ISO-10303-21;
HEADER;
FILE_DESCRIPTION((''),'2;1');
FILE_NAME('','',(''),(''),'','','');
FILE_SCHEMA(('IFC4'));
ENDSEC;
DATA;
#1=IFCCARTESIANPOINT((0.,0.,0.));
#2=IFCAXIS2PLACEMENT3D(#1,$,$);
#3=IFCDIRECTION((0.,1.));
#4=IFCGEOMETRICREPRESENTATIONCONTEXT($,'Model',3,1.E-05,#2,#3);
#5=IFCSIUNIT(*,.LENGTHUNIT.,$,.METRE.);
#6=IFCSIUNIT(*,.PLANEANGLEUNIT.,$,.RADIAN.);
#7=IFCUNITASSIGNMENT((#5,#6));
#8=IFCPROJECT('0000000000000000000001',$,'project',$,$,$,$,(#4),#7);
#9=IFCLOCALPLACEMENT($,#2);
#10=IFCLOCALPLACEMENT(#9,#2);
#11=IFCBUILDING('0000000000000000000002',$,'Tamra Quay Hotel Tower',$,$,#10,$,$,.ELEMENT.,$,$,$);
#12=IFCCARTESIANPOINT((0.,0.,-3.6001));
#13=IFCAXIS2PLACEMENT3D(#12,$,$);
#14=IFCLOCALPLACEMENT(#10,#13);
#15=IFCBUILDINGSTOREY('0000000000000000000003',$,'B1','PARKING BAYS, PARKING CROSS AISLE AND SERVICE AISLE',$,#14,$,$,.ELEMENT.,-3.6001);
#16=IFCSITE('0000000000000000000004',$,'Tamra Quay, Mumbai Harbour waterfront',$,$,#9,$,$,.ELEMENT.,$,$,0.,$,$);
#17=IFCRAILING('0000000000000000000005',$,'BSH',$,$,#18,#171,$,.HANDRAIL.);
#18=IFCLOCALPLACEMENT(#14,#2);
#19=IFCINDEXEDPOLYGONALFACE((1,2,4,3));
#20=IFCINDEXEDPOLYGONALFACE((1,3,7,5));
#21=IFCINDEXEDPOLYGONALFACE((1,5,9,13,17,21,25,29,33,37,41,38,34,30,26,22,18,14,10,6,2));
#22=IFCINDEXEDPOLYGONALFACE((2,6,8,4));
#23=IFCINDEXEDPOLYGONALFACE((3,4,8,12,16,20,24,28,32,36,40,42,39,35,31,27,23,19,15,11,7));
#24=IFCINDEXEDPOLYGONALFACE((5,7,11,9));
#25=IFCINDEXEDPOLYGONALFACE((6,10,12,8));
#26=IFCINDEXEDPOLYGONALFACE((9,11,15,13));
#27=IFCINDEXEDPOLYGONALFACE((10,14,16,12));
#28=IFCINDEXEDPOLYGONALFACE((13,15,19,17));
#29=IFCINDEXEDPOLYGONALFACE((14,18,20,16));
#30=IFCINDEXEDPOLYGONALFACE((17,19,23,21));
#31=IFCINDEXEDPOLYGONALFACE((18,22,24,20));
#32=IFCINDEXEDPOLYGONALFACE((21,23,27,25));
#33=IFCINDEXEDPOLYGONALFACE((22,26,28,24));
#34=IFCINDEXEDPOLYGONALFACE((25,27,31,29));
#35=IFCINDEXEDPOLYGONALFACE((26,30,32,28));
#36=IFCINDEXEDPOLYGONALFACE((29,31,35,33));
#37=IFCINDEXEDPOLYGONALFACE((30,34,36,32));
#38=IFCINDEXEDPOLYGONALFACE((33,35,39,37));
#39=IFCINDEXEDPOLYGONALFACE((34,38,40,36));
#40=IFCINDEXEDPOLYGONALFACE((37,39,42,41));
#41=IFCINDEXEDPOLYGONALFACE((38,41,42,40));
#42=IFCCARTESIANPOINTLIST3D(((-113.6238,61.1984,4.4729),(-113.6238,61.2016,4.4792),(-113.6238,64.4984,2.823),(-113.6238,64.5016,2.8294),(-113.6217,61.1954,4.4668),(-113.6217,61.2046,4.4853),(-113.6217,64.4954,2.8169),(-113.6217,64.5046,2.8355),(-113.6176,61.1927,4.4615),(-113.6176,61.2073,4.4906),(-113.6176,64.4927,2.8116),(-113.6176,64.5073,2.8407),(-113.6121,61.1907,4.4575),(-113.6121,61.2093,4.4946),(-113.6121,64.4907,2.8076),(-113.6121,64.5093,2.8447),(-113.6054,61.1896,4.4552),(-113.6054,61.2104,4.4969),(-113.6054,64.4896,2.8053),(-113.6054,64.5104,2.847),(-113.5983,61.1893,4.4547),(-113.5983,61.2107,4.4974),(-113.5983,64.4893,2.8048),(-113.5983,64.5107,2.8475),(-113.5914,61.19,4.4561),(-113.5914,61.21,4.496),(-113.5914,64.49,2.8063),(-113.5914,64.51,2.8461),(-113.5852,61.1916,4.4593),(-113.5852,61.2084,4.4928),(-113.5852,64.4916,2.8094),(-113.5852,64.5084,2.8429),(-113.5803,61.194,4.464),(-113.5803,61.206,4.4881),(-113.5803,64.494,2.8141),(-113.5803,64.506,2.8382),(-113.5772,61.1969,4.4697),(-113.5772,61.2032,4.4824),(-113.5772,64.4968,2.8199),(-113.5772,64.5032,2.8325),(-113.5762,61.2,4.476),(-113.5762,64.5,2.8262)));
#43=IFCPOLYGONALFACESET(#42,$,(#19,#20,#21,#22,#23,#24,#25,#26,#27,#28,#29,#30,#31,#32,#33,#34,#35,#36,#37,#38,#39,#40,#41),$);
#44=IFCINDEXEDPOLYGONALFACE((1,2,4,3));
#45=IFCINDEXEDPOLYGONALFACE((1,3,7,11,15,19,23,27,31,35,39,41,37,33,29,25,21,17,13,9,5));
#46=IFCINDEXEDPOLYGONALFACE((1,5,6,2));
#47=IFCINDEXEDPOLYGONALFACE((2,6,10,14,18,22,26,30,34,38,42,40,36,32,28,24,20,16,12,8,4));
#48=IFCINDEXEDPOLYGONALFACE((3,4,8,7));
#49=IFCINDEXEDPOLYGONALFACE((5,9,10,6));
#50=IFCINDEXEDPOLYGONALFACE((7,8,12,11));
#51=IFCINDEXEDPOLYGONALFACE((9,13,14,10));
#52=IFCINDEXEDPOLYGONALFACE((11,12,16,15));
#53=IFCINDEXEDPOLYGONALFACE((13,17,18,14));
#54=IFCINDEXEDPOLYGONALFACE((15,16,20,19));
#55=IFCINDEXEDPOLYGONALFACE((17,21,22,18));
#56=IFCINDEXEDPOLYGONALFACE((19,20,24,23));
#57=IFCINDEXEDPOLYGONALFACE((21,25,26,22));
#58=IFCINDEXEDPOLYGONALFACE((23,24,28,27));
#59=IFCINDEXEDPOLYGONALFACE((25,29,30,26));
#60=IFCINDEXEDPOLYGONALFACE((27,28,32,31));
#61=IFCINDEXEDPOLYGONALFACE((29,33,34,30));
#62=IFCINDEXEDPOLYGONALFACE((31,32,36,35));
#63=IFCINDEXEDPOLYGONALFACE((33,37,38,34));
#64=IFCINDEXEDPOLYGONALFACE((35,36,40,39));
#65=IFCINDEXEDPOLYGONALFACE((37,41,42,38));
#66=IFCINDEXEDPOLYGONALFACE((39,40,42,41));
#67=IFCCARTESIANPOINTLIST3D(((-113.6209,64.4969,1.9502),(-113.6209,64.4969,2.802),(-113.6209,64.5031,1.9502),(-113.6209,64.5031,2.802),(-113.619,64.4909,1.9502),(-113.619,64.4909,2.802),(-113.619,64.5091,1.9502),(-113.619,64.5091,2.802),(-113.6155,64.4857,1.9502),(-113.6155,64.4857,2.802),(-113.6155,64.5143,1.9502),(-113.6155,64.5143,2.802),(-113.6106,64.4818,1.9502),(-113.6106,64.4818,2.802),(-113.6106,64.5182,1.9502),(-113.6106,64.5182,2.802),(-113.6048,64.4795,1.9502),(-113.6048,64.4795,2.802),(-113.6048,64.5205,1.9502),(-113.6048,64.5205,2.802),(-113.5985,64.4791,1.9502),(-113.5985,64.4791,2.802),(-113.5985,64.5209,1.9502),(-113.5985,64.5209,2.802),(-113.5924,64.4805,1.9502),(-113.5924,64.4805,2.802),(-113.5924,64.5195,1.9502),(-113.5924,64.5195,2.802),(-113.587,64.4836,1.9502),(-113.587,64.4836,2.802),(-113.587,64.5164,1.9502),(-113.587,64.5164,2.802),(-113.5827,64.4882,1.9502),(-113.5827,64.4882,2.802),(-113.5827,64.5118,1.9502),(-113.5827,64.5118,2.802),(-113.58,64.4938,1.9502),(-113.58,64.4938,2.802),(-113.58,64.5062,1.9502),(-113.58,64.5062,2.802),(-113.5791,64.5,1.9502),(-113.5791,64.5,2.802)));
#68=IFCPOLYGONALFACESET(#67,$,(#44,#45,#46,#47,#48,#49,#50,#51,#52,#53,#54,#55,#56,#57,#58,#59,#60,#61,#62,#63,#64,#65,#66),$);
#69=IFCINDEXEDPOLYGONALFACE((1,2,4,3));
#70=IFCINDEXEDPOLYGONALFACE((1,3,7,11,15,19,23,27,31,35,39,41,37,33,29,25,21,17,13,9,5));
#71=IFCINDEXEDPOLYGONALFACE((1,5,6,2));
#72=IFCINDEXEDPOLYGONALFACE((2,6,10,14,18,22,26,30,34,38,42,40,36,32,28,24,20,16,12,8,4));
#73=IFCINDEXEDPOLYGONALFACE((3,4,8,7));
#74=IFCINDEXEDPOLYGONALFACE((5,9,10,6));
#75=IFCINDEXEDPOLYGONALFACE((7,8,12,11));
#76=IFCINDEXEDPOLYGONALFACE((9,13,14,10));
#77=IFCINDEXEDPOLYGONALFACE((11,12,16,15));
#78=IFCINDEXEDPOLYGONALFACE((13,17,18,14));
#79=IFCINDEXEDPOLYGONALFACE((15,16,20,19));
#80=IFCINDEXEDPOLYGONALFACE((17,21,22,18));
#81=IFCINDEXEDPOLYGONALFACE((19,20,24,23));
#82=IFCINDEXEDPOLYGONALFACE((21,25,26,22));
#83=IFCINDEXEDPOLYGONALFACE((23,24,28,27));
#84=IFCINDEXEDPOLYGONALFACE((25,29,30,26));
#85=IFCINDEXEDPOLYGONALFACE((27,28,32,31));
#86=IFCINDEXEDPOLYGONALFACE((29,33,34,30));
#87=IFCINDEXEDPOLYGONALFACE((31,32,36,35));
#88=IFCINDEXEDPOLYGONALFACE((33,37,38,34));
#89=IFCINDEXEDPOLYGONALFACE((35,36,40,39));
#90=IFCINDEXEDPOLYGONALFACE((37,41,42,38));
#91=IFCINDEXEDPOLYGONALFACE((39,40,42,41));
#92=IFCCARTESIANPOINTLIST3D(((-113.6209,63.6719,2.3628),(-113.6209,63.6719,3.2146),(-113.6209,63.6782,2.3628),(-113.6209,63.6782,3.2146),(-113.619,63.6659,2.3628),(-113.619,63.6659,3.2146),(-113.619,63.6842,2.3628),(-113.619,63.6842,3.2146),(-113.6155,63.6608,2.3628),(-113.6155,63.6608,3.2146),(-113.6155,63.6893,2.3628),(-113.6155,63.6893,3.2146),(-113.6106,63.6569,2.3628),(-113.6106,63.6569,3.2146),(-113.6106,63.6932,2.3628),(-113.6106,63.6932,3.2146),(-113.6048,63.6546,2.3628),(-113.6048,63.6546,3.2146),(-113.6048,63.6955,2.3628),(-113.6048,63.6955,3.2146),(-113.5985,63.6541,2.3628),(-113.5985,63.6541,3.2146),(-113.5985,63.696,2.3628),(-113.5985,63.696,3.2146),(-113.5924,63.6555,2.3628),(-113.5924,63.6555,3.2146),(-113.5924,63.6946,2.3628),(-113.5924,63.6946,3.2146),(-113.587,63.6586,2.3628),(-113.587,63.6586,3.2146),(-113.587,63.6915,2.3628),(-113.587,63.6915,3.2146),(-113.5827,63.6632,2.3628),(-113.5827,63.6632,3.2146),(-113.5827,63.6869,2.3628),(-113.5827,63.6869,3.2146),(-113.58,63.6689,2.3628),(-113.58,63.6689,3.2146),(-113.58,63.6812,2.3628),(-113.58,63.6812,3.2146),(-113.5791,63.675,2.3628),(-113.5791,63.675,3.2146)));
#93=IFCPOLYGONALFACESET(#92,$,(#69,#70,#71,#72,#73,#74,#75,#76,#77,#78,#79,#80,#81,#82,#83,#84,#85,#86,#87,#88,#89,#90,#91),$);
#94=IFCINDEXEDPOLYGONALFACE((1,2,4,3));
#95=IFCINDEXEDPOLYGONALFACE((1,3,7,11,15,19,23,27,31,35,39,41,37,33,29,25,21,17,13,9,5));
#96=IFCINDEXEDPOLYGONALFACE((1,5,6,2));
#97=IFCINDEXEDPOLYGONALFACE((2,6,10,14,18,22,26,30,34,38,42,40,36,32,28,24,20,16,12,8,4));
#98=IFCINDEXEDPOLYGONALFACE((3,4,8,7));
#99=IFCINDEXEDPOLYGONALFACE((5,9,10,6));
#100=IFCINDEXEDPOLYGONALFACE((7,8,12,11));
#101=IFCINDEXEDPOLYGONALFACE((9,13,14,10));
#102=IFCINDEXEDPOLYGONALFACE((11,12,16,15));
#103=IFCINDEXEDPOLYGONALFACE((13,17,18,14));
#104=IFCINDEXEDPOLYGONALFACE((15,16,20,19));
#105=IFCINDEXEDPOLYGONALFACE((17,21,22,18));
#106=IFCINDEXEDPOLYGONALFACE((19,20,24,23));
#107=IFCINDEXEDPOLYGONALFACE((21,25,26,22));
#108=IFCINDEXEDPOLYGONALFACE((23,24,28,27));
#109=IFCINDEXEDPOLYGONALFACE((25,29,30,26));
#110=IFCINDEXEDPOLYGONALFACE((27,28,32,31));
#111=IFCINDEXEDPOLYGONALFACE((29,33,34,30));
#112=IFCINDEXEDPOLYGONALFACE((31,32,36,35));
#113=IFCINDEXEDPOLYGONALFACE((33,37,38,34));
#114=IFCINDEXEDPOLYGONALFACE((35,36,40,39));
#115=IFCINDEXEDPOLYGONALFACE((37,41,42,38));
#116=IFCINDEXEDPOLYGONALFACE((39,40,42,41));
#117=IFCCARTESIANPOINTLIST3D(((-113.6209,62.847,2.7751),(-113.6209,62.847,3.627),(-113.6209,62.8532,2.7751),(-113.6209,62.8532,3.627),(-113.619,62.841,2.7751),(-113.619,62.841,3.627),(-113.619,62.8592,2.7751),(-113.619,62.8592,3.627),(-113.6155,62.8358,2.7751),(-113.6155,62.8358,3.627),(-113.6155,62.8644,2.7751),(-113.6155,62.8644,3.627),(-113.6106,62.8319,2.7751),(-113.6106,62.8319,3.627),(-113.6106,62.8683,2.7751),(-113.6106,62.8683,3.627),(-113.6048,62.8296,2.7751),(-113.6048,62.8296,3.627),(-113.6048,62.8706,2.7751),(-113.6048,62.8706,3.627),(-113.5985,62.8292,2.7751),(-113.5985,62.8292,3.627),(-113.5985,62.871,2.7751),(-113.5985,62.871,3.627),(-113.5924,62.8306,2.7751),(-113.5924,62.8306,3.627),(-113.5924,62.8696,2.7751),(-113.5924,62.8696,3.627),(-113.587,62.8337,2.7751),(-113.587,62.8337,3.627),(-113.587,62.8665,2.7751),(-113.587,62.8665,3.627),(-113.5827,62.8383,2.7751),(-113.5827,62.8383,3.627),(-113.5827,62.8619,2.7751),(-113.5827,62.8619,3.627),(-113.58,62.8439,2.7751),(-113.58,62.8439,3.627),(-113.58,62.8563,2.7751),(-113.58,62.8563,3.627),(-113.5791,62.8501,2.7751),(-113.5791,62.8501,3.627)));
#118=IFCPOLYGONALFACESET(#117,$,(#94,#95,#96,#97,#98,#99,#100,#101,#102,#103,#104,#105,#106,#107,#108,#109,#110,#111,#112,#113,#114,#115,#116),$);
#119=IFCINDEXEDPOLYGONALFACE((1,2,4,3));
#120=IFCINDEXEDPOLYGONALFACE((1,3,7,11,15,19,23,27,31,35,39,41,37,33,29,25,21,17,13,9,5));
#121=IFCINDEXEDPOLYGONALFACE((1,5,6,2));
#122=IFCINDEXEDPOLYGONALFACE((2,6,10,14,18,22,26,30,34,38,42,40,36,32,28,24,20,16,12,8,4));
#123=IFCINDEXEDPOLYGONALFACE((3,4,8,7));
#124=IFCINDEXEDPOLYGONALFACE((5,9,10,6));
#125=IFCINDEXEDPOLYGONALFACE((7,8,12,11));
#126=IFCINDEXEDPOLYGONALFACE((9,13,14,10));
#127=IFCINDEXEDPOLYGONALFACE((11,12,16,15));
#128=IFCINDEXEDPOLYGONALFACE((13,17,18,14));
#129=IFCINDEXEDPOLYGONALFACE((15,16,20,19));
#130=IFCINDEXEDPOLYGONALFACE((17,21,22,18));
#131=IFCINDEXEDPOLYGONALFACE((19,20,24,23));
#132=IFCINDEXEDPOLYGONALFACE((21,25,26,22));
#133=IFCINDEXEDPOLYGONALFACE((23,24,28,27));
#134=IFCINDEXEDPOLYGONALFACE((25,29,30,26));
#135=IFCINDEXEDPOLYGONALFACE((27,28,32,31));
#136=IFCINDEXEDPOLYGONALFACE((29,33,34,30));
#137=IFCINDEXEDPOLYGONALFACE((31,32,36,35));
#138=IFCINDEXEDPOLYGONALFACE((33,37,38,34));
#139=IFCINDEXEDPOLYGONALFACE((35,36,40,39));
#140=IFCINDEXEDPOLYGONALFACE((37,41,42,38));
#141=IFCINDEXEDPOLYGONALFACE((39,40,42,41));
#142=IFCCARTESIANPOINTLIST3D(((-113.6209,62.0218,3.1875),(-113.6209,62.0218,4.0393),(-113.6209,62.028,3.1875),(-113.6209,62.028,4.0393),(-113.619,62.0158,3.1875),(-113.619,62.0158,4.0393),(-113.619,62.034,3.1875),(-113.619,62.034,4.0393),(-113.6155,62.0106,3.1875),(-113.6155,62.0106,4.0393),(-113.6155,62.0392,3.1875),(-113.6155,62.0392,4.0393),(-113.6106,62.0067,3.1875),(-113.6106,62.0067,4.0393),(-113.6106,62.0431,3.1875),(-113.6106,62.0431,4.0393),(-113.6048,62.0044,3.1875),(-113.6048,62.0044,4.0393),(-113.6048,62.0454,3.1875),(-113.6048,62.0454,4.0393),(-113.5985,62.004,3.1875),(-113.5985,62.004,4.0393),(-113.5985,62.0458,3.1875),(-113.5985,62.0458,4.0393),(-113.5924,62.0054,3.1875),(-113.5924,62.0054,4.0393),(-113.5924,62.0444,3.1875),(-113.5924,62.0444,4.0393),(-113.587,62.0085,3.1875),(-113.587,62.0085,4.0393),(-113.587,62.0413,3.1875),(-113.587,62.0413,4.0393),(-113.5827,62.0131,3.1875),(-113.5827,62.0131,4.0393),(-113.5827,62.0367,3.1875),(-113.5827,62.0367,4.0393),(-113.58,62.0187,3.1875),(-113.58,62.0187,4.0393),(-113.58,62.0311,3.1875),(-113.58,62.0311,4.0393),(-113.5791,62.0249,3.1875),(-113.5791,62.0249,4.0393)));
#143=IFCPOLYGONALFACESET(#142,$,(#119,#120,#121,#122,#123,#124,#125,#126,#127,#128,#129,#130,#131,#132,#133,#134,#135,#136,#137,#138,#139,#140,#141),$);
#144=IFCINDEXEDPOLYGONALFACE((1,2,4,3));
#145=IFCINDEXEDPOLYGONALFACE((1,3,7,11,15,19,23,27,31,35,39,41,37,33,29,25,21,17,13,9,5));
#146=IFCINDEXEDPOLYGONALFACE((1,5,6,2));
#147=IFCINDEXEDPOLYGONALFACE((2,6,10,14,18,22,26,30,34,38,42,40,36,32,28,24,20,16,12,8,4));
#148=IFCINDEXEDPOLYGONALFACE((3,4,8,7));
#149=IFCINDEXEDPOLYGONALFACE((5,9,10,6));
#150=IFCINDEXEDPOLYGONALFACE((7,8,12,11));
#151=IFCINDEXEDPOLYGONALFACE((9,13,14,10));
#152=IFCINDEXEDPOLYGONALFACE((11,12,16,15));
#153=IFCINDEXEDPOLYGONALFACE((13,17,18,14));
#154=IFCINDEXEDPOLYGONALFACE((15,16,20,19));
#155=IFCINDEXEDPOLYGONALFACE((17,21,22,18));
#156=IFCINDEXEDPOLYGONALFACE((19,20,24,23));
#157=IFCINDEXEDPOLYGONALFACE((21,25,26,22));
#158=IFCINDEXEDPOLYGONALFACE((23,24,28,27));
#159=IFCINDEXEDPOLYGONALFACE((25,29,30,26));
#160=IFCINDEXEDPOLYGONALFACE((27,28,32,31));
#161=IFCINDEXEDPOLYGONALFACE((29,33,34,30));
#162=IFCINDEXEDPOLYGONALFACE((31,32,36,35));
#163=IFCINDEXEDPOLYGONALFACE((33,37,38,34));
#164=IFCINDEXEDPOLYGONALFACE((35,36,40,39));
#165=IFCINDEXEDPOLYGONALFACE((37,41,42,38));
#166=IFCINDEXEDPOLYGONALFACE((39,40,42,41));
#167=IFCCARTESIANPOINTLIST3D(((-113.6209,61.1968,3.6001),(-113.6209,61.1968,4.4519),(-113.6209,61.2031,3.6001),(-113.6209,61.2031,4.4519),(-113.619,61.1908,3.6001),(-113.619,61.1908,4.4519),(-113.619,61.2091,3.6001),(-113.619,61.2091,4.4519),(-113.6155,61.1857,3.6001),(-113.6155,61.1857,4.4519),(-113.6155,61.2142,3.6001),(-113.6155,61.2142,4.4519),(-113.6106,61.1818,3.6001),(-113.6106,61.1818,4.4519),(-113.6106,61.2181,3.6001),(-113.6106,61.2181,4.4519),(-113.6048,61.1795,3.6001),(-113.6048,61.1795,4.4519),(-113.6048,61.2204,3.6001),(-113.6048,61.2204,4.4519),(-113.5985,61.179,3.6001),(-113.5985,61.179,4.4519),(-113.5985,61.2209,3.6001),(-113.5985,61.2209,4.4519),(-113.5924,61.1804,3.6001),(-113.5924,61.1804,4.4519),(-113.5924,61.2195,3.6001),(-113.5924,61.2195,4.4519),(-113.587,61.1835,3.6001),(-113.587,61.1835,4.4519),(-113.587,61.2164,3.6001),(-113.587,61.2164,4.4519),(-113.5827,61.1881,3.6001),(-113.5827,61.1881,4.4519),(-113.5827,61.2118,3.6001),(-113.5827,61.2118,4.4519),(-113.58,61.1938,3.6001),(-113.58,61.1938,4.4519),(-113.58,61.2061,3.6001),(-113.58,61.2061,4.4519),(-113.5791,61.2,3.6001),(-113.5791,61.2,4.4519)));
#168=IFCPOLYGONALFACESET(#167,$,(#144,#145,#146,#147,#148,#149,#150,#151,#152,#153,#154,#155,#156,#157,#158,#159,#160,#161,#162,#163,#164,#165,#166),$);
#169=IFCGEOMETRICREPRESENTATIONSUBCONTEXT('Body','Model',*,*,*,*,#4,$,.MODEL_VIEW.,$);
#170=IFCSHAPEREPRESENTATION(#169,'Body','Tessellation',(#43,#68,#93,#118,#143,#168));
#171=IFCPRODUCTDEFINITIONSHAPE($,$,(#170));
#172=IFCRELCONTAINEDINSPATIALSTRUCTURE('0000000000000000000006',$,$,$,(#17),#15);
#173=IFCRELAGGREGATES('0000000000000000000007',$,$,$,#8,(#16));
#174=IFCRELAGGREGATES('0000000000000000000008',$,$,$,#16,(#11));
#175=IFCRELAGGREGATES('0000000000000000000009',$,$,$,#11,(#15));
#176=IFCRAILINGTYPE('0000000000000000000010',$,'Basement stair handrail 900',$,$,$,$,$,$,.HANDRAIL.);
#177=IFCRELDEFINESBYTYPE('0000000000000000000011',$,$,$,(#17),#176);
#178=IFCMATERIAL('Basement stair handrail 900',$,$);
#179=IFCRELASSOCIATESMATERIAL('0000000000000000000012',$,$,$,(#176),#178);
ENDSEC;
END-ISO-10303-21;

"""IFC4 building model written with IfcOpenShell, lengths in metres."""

from ifc_helpers import new_model, si_unit, direction, frame, origin, origin_2d, place, context, subcontext, project, spatial, circle, extrude, material, type_object, element, save


model = new_model("IFC4")

# Units and contexts
model_context = context("Model", 3, precision=1e-05, world=origin(), true_north=direction((0.0, 1.0)))
body_context = subcontext(model_context, "Body", "Model", "MODEL_VIEW")
ifc_project = project(units=[si_unit("LENGTHUNIT", "METRE"), si_unit("PLANEANGLEUNIT", "RADIAN")], contexts=[model_context])

# Site, building, storey
site_placement = place(None, origin())
site = spatial("IfcSite", under=ifc_project, at=site_placement, Name="Tamra Quay, Mumbai Harbour waterfront", CompositionType="ELEMENT", RefElevation=0.0)
building_placement = place(site_placement, origin())
building = spatial("IfcBuilding", under=site, at=building_placement, Name="Tamra Quay Hotel Tower", CompositionType="ELEMENT")
storey_placement = place(building_placement, frame((0.0, 0.0, -3.6001)))
storey = spatial("IfcBuildingStorey", under=building, at=storey_placement, Name="B1", Description="PARKING BAYS, PARKING CROSS AISLE AND SERVICE AISLE", CompositionType="ELEMENT", Elevation=-3.6001)

# Railing
ifc_material_1 = material(Name="Basement stair handrail 900")
railing_type_1 = type_object("IfcRailingType", Name="Basement stair handrail 900", PredefinedType="HANDRAIL", material=ifc_material_1)
railing_1_placement = place(storey_placement, frame((-113.6001, 64.5, 1.9502)))
element("IfcRailing", 1, at=railing_1_placement, inside=storey, type_object=railing_type_1, Name="BSH", PredefinedType="HANDRAIL", context=body_context, shape_type="SweptSolid", body=[
    extrude(circle(Radius=0.0239, at=origin_2d()), frame((0.0, 0.0, 0.876), z_axis=(0.0, -0.89444, 0.447187), x_axis=(1.0, 0.0, 0.0)), (0.0, 0.0, 1.0), 3.6895),
    extrude(circle(Radius=0.021, at=origin_2d()), origin(), (0.0, 0.0, 1.0), 0.8518),
    extrude(circle(Radius=0.021, at=origin_2d()), frame((0.0, -0.825, 0.4126)), (0.0, 0.0, 1.0), 0.8518),
    extrude(circle(Radius=0.021, at=origin_2d()), frame((0.0, -1.6499, 0.825)), (0.0, 0.0, 1.0), 0.8518),
    extrude(circle(Radius=0.021, at=origin_2d()), frame((0.0, -2.4751, 1.2373)), (0.0, 0.0, 1.0), 0.8518),
    extrude(circle(Radius=0.021, at=origin_2d()), frame((0.0, -3.3, 1.6499)), (0.0, 0.0, 1.0), 0.8518),
])

save(model, "model.ifc")
